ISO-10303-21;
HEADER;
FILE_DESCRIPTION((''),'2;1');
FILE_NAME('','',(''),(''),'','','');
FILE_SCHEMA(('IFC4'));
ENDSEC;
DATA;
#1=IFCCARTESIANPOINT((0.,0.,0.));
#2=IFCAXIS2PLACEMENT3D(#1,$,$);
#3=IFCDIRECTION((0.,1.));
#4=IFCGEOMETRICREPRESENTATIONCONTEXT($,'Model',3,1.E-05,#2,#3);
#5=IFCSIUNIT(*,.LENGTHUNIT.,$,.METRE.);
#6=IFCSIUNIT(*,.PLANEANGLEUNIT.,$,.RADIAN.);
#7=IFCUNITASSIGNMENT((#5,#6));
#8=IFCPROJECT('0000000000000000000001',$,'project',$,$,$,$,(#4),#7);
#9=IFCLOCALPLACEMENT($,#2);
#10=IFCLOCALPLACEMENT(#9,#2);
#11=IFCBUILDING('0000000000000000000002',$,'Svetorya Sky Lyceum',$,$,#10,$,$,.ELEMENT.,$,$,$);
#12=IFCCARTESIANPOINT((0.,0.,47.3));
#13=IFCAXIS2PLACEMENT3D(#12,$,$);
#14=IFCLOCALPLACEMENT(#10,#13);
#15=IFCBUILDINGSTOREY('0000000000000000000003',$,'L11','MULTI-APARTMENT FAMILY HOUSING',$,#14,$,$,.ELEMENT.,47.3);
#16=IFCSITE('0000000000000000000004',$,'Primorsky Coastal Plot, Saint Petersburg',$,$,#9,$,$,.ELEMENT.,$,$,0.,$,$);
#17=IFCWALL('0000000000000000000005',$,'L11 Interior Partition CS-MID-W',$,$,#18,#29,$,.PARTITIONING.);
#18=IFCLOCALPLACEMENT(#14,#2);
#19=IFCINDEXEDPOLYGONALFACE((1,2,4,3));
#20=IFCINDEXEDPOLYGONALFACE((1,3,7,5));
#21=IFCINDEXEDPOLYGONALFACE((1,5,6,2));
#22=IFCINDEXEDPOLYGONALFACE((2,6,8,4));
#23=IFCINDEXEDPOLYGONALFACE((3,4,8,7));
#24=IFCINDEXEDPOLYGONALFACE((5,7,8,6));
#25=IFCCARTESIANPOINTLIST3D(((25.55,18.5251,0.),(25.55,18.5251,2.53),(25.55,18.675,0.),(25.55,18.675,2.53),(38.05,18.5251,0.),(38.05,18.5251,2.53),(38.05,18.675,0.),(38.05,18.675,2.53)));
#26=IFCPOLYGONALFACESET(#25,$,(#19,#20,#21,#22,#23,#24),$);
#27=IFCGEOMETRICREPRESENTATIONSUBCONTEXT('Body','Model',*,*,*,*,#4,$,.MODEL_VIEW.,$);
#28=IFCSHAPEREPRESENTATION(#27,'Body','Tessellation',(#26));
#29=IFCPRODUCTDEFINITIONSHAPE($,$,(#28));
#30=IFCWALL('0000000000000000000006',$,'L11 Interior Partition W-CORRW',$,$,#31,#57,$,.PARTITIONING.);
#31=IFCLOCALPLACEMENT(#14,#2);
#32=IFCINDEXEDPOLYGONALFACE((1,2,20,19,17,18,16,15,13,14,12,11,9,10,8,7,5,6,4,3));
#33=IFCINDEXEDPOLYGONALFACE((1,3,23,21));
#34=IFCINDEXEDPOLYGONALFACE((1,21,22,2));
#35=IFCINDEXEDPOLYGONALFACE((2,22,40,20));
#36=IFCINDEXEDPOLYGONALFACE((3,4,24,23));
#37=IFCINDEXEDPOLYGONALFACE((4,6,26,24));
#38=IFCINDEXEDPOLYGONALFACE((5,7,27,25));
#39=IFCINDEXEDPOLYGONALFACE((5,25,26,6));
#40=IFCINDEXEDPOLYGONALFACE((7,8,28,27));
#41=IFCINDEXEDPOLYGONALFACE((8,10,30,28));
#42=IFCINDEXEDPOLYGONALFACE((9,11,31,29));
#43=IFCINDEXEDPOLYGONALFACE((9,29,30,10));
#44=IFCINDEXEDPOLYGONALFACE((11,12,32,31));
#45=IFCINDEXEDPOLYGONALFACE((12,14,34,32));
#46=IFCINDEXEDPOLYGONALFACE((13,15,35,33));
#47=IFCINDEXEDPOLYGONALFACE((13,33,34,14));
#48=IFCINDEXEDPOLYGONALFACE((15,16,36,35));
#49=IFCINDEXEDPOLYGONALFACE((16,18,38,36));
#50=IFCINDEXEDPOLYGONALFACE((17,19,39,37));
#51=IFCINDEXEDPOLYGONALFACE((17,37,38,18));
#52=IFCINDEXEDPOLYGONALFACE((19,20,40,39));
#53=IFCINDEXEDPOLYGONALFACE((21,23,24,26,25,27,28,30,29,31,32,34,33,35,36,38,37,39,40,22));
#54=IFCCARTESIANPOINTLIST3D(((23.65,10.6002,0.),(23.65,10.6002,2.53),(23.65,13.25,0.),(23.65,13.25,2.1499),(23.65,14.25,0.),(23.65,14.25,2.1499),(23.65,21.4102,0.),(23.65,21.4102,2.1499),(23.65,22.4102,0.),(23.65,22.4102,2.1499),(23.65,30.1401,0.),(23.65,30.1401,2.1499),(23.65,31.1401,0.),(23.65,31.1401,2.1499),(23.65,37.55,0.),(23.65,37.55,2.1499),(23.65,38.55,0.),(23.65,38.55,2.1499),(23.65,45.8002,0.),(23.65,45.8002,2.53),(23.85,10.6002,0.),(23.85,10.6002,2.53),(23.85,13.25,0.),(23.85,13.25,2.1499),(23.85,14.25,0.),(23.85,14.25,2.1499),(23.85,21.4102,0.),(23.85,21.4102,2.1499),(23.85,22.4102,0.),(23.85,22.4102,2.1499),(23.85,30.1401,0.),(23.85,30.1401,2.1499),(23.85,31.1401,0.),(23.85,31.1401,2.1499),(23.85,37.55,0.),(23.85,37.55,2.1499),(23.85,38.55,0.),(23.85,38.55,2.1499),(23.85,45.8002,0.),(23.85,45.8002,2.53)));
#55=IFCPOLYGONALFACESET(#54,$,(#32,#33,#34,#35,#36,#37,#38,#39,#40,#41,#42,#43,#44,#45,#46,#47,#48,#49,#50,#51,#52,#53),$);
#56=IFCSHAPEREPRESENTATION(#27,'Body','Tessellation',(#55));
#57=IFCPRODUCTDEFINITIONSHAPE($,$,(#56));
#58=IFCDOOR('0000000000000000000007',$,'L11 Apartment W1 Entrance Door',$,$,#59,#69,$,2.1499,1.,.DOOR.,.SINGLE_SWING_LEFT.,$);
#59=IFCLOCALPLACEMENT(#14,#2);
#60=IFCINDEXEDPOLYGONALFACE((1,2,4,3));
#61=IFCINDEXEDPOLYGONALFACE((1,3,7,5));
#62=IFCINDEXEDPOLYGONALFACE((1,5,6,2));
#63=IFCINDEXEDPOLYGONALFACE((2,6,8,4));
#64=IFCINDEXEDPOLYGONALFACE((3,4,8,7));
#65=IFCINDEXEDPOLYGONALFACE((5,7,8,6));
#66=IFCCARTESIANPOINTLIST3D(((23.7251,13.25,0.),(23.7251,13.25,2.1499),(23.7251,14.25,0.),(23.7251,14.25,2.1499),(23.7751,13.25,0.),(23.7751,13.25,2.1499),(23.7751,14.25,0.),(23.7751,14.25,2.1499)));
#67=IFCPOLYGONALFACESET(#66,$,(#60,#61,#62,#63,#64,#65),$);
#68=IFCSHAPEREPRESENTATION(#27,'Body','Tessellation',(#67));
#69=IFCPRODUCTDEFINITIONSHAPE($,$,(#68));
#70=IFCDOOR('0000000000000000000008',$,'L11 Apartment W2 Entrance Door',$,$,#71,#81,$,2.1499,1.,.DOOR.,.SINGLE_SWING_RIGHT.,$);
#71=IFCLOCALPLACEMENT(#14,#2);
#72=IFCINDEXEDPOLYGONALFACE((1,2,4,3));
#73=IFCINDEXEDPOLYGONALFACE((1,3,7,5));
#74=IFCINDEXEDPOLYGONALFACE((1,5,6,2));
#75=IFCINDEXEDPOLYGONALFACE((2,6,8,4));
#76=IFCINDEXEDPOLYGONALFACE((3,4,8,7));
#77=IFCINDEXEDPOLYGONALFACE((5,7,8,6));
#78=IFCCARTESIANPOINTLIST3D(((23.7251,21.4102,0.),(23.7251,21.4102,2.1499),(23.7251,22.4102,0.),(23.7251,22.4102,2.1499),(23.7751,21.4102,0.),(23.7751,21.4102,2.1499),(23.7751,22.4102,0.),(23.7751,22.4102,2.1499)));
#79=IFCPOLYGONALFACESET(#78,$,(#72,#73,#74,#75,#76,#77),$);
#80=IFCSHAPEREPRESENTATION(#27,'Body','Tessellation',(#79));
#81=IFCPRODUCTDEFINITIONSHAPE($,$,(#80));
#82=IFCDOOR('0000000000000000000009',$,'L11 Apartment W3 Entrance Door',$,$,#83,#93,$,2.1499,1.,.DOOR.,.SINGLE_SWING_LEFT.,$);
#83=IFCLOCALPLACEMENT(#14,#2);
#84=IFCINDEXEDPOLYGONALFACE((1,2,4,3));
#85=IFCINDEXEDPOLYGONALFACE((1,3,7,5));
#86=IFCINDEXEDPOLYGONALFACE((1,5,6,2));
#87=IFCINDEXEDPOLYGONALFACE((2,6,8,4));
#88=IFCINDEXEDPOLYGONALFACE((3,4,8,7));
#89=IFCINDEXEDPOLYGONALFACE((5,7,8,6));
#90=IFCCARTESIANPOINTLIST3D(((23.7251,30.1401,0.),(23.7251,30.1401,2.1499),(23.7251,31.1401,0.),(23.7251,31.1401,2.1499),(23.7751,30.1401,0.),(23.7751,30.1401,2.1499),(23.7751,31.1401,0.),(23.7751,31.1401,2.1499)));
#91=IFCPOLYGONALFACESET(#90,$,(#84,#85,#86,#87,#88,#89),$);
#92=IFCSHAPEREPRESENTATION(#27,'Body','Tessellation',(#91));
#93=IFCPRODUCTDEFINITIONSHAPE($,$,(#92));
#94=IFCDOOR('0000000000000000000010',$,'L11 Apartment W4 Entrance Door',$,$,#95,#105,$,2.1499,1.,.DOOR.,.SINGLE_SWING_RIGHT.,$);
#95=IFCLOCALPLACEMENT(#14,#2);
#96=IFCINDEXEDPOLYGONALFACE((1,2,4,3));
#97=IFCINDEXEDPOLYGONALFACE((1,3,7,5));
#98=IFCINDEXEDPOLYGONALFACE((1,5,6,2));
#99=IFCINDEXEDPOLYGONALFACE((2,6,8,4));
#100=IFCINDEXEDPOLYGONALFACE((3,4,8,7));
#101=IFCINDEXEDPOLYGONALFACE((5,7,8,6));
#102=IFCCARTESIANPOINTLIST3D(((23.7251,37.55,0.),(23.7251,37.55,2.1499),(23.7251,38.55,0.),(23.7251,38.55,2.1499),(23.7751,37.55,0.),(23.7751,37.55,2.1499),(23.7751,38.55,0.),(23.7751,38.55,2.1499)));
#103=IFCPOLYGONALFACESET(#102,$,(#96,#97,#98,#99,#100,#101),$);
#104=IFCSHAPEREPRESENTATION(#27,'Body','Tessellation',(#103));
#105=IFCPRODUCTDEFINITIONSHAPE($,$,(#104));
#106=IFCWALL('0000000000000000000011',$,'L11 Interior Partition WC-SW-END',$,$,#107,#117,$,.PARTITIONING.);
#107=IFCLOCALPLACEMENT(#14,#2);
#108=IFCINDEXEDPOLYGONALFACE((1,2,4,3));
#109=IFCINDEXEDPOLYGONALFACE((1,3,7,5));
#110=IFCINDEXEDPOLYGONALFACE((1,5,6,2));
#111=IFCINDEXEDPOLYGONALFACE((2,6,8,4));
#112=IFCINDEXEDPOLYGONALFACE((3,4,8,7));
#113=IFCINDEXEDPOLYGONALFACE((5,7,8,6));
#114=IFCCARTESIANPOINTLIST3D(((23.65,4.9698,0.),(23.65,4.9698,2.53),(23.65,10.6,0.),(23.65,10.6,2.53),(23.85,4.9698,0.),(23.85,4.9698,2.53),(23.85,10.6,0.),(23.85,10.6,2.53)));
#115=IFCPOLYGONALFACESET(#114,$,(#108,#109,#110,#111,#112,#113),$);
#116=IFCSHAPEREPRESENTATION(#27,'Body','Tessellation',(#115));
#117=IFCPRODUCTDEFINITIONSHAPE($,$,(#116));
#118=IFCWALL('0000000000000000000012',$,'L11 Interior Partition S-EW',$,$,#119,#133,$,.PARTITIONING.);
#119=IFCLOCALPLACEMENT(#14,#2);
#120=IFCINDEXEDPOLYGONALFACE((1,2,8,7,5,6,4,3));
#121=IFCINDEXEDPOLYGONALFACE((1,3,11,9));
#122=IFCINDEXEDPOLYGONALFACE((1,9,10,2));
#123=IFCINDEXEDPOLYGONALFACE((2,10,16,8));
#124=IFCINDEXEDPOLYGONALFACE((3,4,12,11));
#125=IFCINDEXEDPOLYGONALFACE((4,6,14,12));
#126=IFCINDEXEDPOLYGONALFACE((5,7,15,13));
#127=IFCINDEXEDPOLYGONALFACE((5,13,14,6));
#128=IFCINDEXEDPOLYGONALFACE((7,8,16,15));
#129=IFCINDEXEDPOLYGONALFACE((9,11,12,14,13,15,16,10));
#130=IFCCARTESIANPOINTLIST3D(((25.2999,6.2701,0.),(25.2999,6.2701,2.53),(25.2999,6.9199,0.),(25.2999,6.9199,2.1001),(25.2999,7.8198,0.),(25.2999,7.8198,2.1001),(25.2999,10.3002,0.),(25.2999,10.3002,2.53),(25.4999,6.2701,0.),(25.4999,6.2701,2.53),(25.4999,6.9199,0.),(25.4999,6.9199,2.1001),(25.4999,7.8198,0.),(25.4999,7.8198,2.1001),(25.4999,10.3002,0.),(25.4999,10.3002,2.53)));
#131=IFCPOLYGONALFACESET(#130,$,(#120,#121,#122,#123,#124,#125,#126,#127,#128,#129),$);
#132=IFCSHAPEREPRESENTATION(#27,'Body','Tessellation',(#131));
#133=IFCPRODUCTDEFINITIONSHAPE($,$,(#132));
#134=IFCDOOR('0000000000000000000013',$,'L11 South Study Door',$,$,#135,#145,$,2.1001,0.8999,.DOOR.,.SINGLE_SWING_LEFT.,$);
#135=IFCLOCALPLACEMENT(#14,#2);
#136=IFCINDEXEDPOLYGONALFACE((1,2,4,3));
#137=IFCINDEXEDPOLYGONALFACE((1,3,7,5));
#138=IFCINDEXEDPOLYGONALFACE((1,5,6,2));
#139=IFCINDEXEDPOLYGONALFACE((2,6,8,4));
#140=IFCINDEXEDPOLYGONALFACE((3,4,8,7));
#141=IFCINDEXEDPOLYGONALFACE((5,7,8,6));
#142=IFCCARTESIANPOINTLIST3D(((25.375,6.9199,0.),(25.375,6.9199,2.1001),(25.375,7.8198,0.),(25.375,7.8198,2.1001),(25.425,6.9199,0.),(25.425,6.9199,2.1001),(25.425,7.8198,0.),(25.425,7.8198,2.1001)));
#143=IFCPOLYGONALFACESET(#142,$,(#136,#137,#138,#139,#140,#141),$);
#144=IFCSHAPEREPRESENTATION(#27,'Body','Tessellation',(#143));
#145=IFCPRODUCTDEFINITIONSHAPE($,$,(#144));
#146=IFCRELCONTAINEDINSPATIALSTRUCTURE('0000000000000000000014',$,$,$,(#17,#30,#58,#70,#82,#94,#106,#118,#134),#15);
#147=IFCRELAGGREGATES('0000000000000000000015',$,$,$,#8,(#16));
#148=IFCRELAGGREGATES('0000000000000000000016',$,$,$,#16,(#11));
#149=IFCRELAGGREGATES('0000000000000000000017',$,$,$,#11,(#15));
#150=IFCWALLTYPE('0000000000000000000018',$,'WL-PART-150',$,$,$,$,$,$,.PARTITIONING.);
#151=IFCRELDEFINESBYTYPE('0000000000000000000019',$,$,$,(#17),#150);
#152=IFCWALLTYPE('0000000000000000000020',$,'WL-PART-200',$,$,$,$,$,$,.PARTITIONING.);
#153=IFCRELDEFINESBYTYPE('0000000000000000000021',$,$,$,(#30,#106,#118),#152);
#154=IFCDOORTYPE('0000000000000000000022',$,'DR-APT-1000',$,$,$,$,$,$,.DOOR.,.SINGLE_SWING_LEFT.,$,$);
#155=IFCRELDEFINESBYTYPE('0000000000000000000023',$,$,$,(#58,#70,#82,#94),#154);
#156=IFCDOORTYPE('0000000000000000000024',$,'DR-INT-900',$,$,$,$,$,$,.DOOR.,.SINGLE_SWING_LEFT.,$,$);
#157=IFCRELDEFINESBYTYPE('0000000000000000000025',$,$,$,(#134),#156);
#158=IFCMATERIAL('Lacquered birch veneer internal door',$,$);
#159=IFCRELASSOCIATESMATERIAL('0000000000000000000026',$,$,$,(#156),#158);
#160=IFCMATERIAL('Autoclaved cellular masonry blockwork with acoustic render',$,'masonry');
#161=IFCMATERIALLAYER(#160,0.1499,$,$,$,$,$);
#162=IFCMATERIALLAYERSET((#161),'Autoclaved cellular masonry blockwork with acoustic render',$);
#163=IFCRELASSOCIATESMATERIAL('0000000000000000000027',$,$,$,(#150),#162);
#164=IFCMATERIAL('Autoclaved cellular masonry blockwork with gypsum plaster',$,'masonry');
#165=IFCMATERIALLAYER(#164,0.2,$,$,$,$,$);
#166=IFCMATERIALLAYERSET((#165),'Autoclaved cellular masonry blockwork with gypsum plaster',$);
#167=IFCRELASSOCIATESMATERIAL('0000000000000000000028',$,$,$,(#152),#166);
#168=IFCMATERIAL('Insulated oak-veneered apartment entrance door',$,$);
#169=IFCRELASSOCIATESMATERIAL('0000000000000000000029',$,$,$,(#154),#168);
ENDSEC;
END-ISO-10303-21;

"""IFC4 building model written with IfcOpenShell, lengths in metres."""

from ifc_helpers import new_model, si_unit, direction, frame, frame_2d, origin, place, context, subcontext, project, spatial, rectangle, extrude, material, layer, layer_set, type_object, element, fill, save


model = new_model("IFC4")

# Units and contexts
model_context = context("Model", 3, precision=1e-05, world=origin(), true_north=direction((0.0, 1.0)))
body_context = subcontext(model_context, "Body", "Model", "MODEL_VIEW")
ifc_project = project(units=[si_unit("LENGTHUNIT", "METRE"), si_unit("PLANEANGLEUNIT", "RADIAN")], contexts=[model_context])

# Site, building, storey
site_placement = place(None, origin())
site = spatial("IfcSite", under=ifc_project, at=site_placement, Name="Primorsky Coastal Plot, Saint Petersburg", CompositionType="ELEMENT", RefElevation=0.0)
building_placement = place(site_placement, origin())
building = spatial("IfcBuilding", under=site, at=building_placement, Name="Svetorya Sky Lyceum", CompositionType="ELEMENT")
storey_placement = place(building_placement, frame((0.0, 0.0, 47.3)))
storey = spatial("IfcBuildingStorey", under=building, at=storey_placement, Name="L11", Description="MULTI-APARTMENT FAMILY HOUSING", CompositionType="ELEMENT", Elevation=47.3)

# Shared definitions
ifc_material_1 = material(Name="Lacquered birch veneer internal door")
door_type_1 = type_object("IfcDoorType", Name="DR-INT-900", OperationType="SINGLE_SWING_LEFT", PredefinedType="DOOR", material=ifc_material_1)

# Wall
ifc_material_2 = material(Name="Autoclaved cellular masonry blockwork with acoustic render", Category="masonry")
ifc_layer_1 = layer(ifc_material_2, 0.1499)
ifc_layer_set_1 = layer_set([ifc_layer_1], Name="Autoclaved cellular masonry blockwork with acoustic render")
wall_type_1 = type_object("IfcWallType", Name="WL-PART-150", PredefinedType="PARTITIONING", material=ifc_layer_set_1)
wall_1_placement = place(storey_placement, frame((25.55, 18.6001, 0.0), z_axis=(0.0, 0.0, 1.0), x_axis=(1.0, 0.0, 0.0)))
element("IfcWall", 1, at=wall_1_placement, inside=storey, type_object=wall_type_1, Name="L11 Interior Partition CS-MID-W", PredefinedType="PARTITIONING", context=body_context, shape_type="SweptSolid", body=[
    extrude(rectangle(XDim=12.5, YDim=0.1499, at=frame_2d((6.25, 0.0))), origin(), (0.0, 0.0, 1.0), 2.53),
])

# Wall, openings, doors
ifc_material_3 = material(Name="Autoclaved cellular masonry blockwork with gypsum plaster", Category="masonry")
ifc_layer_2 = layer(ifc_material_3, 0.2)
ifc_layer_set_2 = layer_set([ifc_layer_2], Name="Autoclaved cellular masonry blockwork with gypsum plaster")
wall_type_2 = type_object("IfcWallType", Name="WL-PART-200", PredefinedType="PARTITIONING", material=ifc_layer_set_2)
wall_2_placement = place(storey_placement, frame((23.75, 10.6001, 0.0), z_axis=(0.0, 0.0, 1.0), x_axis=(0.0, 1.0, 0.0)))
wall_2 = element("IfcWall", 2, at=wall_2_placement, inside=storey, type_object=wall_type_2, Name="L11 Interior Partition W-CORRW", PredefinedType="PARTITIONING", context=body_context, shape_type="SweptSolid", body=[
    extrude(rectangle(XDim=35.2, YDim=0.2, at=frame_2d((17.6001, 0.0))), origin(), (0.0, 0.0, 1.0), 2.53),
])
opening_1_placement = place(wall_2_placement, frame((2.6499, 0.0, 0.0)))
opening_1 = element("IfcOpeningElement", 3, at=opening_1_placement, cuts=wall_2, PredefinedType="OPENING", context=body_context, shape_type="SweptSolid", body=[
    extrude(rectangle(XDim=1.0, YDim=2.1499, at=frame_2d((0.5, 1.075))), frame((0.0, 0.1099, 0.0), z_axis=(0.0, -1.0, 0.0), x_axis=(1.0, 0.0, 0.0)), (0.0, 0.0, 1.0), 0.22),
])
opening_2_placement = place(wall_2_placement, frame((10.8101, 0.0, 0.0)))
opening_2 = element("IfcOpeningElement", 4, at=opening_2_placement, cuts=wall_2, PredefinedType="OPENING", context=body_context, shape_type="SweptSolid", body=[
    extrude(rectangle(XDim=1.0, YDim=2.1499, at=frame_2d((0.5, 1.075))), frame((0.0, 0.1099, 0.0), z_axis=(0.0, -1.0, 0.0), x_axis=(1.0, 0.0, 0.0)), (0.0, 0.0, 1.0), 0.22),
])
opening_3_placement = place(wall_2_placement, frame((19.54, 0.0, 0.0)))
opening_3 = element("IfcOpeningElement", 5, at=opening_3_placement, cuts=wall_2, PredefinedType="OPENING", context=body_context, shape_type="SweptSolid", body=[
    extrude(rectangle(XDim=1.0, YDim=2.1499, at=frame_2d((0.5, 1.075))), frame((0.0, 0.1099, 0.0), z_axis=(0.0, -1.0, 0.0), x_axis=(1.0, 0.0, 0.0)), (0.0, 0.0, 1.0), 0.22),
])
opening_4_placement = place(wall_2_placement, frame((26.95, 0.0, 0.0)))
opening_4 = element("IfcOpeningElement", 6, at=opening_4_placement, cuts=wall_2, PredefinedType="OPENING", context=body_context, shape_type="SweptSolid", body=[
    extrude(rectangle(XDim=1.0, YDim=2.1499, at=frame_2d((0.5, 1.075))), frame((0.0, 0.1099, 0.0), z_axis=(0.0, -1.0, 0.0), x_axis=(1.0, 0.0, 0.0)), (0.0, 0.0, 1.0), 0.22),
])
ifc_material_4 = material(Name="Insulated oak-veneered apartment entrance door")
door_type_2 = type_object("IfcDoorType", Name="DR-APT-1000", OperationType="SINGLE_SWING_LEFT", PredefinedType="DOOR", material=ifc_material_4)
door_1_placement = place(opening_1_placement, origin())
door_1 = element("IfcDoor", 7, at=door_1_placement, inside=storey, type_object=door_type_2, Name="L11 Apartment W1 Entrance Door", OperationType="SINGLE_SWING_LEFT", OverallHeight=2.1499, OverallWidth=1.0, PredefinedType="DOOR", context=body_context, shape_type="SweptSolid", body=[
    extrude(rectangle(XDim=1.0, YDim=2.1499, at=frame_2d((0.5, 1.075))), frame((0.0, 0.0249, 0.0), z_axis=(0.0, -1.0, 0.0), x_axis=(1.0, 0.0, 0.0)), (0.0, 0.0, 1.0), 0.05),
])
fill(opening_1, door_1)
door_2_placement = place(opening_2_placement, origin())
door_2 = element("IfcDoor", 8, at=door_2_placement, inside=storey, type_object=door_type_2, Name="L11 Apartment W2 Entrance Door", OperationType="SINGLE_SWING_RIGHT", OverallHeight=2.1499, OverallWidth=1.0, PredefinedType="DOOR", context=body_context, shape_type="SweptSolid", body=[
    extrude(rectangle(XDim=1.0, YDim=2.1499, at=frame_2d((0.5, 1.075))), frame((0.0, 0.0249, 0.0), z_axis=(0.0, -1.0, 0.0), x_axis=(1.0, 0.0, 0.0)), (0.0, 0.0, 1.0), 0.05),
])
fill(opening_2, door_2)
door_3_placement = place(opening_3_placement, origin())
door_3 = element("IfcDoor", 9, at=door_3_placement, inside=storey, type_object=door_type_2, Name="L11 Apartment W3 Entrance Door", OperationType="SINGLE_SWING_LEFT", OverallHeight=2.1499, OverallWidth=1.0, PredefinedType="DOOR", context=body_context, shape_type="SweptSolid", body=[
    extrude(rectangle(XDim=1.0, YDim=2.1499, at=frame_2d((0.5, 1.075))), frame((0.0, 0.0249, 0.0), z_axis=(0.0, -1.0, 0.0), x_axis=(1.0, 0.0, 0.0)), (0.0, 0.0, 1.0), 0.05),
])
fill(opening_3, door_3)
door_4_placement = place(opening_4_placement, origin())
door_4 = element("IfcDoor", 10, at=door_4_placement, inside=storey, type_object=door_type_2, Name="L11 Apartment W4 Entrance Door", OperationType="SINGLE_SWING_RIGHT", OverallHeight=2.1499, OverallWidth=1.0, PredefinedType="DOOR", context=body_context, shape_type="SweptSolid", body=[
    extrude(rectangle(XDim=1.0, YDim=2.1499, at=frame_2d((0.5, 1.075))), frame((0.0, 0.0249, 0.0), z_axis=(0.0, -1.0, 0.0), x_axis=(1.0, 0.0, 0.0)), (0.0, 0.0, 1.0), 0.05),
])
fill(opening_4, door_4)

# Wall
wall_3_placement = place(storey_placement, frame((23.75, 4.97, 0.0), z_axis=(0.0, 0.0, 1.0), x_axis=(0.0, 1.0, 0.0)))
element("IfcWall", 11, at=wall_3_placement, inside=storey, type_object=wall_type_2, Name="L11 Interior Partition WC-SW-END", PredefinedType="PARTITIONING", context=body_context, shape_type="SweptSolid", body=[
    extrude(rectangle(XDim=5.6301, YDim=0.2, at=frame_2d((2.8149, 0.0))), origin(), (0.0, 0.0, 1.0), 2.53),
])

# Wall, opening, door
wall_4_placement = place(storey_placement, frame((25.3999, 6.27, 0.0), z_axis=(0.0, 0.0, 1.0), x_axis=(0.0, 1.0, 0.0)))
wall_4 = element("IfcWall", 12, at=wall_4_placement, inside=storey, type_object=wall_type_2, Name="L11 Interior Partition S-EW", PredefinedType="PARTITIONING", context=body_context, shape_type="SweptSolid", body=[
    extrude(rectangle(XDim=4.03, YDim=0.2, at=frame_2d((2.0151, 0.0))), origin(), (0.0, 0.0, 1.0), 2.53),
])
opening_5_placement = place(wall_4_placement, frame((0.6499, 0.0, 0.0)))
opening_5 = element("IfcOpeningElement", 13, at=opening_5_placement, cuts=wall_4, PredefinedType="OPENING", context=body_context, shape_type="SweptSolid", body=[
    extrude(rectangle(XDim=0.8999, YDim=2.1001, at=frame_2d((0.45, 1.05))), frame((0.0, 0.1099, 0.0), z_axis=(0.0, -1.0, 0.0), x_axis=(1.0, 0.0, 0.0)), (0.0, 0.0, 1.0), 0.22),
])
door_5_placement = place(opening_5_placement, origin())
door_5 = element("IfcDoor", 14, at=door_5_placement, inside=storey, type_object=door_type_1, Name="L11 South Study Door", OperationType="SINGLE_SWING_LEFT", OverallHeight=2.1001, OverallWidth=0.8999, PredefinedType="DOOR", context=body_context, shape_type="SweptSolid", body=[
    extrude(rectangle(XDim=0.8999, YDim=2.1001, at=frame_2d((0.45, 1.05))), frame((0.0, 0.0249, 0.0), z_axis=(0.0, -1.0, 0.0), x_axis=(1.0, 0.0, 0.0)), (0.0, 0.0, 1.0), 0.05),
])
fill(opening_5, door_5)

save(model, "model.ifc")
